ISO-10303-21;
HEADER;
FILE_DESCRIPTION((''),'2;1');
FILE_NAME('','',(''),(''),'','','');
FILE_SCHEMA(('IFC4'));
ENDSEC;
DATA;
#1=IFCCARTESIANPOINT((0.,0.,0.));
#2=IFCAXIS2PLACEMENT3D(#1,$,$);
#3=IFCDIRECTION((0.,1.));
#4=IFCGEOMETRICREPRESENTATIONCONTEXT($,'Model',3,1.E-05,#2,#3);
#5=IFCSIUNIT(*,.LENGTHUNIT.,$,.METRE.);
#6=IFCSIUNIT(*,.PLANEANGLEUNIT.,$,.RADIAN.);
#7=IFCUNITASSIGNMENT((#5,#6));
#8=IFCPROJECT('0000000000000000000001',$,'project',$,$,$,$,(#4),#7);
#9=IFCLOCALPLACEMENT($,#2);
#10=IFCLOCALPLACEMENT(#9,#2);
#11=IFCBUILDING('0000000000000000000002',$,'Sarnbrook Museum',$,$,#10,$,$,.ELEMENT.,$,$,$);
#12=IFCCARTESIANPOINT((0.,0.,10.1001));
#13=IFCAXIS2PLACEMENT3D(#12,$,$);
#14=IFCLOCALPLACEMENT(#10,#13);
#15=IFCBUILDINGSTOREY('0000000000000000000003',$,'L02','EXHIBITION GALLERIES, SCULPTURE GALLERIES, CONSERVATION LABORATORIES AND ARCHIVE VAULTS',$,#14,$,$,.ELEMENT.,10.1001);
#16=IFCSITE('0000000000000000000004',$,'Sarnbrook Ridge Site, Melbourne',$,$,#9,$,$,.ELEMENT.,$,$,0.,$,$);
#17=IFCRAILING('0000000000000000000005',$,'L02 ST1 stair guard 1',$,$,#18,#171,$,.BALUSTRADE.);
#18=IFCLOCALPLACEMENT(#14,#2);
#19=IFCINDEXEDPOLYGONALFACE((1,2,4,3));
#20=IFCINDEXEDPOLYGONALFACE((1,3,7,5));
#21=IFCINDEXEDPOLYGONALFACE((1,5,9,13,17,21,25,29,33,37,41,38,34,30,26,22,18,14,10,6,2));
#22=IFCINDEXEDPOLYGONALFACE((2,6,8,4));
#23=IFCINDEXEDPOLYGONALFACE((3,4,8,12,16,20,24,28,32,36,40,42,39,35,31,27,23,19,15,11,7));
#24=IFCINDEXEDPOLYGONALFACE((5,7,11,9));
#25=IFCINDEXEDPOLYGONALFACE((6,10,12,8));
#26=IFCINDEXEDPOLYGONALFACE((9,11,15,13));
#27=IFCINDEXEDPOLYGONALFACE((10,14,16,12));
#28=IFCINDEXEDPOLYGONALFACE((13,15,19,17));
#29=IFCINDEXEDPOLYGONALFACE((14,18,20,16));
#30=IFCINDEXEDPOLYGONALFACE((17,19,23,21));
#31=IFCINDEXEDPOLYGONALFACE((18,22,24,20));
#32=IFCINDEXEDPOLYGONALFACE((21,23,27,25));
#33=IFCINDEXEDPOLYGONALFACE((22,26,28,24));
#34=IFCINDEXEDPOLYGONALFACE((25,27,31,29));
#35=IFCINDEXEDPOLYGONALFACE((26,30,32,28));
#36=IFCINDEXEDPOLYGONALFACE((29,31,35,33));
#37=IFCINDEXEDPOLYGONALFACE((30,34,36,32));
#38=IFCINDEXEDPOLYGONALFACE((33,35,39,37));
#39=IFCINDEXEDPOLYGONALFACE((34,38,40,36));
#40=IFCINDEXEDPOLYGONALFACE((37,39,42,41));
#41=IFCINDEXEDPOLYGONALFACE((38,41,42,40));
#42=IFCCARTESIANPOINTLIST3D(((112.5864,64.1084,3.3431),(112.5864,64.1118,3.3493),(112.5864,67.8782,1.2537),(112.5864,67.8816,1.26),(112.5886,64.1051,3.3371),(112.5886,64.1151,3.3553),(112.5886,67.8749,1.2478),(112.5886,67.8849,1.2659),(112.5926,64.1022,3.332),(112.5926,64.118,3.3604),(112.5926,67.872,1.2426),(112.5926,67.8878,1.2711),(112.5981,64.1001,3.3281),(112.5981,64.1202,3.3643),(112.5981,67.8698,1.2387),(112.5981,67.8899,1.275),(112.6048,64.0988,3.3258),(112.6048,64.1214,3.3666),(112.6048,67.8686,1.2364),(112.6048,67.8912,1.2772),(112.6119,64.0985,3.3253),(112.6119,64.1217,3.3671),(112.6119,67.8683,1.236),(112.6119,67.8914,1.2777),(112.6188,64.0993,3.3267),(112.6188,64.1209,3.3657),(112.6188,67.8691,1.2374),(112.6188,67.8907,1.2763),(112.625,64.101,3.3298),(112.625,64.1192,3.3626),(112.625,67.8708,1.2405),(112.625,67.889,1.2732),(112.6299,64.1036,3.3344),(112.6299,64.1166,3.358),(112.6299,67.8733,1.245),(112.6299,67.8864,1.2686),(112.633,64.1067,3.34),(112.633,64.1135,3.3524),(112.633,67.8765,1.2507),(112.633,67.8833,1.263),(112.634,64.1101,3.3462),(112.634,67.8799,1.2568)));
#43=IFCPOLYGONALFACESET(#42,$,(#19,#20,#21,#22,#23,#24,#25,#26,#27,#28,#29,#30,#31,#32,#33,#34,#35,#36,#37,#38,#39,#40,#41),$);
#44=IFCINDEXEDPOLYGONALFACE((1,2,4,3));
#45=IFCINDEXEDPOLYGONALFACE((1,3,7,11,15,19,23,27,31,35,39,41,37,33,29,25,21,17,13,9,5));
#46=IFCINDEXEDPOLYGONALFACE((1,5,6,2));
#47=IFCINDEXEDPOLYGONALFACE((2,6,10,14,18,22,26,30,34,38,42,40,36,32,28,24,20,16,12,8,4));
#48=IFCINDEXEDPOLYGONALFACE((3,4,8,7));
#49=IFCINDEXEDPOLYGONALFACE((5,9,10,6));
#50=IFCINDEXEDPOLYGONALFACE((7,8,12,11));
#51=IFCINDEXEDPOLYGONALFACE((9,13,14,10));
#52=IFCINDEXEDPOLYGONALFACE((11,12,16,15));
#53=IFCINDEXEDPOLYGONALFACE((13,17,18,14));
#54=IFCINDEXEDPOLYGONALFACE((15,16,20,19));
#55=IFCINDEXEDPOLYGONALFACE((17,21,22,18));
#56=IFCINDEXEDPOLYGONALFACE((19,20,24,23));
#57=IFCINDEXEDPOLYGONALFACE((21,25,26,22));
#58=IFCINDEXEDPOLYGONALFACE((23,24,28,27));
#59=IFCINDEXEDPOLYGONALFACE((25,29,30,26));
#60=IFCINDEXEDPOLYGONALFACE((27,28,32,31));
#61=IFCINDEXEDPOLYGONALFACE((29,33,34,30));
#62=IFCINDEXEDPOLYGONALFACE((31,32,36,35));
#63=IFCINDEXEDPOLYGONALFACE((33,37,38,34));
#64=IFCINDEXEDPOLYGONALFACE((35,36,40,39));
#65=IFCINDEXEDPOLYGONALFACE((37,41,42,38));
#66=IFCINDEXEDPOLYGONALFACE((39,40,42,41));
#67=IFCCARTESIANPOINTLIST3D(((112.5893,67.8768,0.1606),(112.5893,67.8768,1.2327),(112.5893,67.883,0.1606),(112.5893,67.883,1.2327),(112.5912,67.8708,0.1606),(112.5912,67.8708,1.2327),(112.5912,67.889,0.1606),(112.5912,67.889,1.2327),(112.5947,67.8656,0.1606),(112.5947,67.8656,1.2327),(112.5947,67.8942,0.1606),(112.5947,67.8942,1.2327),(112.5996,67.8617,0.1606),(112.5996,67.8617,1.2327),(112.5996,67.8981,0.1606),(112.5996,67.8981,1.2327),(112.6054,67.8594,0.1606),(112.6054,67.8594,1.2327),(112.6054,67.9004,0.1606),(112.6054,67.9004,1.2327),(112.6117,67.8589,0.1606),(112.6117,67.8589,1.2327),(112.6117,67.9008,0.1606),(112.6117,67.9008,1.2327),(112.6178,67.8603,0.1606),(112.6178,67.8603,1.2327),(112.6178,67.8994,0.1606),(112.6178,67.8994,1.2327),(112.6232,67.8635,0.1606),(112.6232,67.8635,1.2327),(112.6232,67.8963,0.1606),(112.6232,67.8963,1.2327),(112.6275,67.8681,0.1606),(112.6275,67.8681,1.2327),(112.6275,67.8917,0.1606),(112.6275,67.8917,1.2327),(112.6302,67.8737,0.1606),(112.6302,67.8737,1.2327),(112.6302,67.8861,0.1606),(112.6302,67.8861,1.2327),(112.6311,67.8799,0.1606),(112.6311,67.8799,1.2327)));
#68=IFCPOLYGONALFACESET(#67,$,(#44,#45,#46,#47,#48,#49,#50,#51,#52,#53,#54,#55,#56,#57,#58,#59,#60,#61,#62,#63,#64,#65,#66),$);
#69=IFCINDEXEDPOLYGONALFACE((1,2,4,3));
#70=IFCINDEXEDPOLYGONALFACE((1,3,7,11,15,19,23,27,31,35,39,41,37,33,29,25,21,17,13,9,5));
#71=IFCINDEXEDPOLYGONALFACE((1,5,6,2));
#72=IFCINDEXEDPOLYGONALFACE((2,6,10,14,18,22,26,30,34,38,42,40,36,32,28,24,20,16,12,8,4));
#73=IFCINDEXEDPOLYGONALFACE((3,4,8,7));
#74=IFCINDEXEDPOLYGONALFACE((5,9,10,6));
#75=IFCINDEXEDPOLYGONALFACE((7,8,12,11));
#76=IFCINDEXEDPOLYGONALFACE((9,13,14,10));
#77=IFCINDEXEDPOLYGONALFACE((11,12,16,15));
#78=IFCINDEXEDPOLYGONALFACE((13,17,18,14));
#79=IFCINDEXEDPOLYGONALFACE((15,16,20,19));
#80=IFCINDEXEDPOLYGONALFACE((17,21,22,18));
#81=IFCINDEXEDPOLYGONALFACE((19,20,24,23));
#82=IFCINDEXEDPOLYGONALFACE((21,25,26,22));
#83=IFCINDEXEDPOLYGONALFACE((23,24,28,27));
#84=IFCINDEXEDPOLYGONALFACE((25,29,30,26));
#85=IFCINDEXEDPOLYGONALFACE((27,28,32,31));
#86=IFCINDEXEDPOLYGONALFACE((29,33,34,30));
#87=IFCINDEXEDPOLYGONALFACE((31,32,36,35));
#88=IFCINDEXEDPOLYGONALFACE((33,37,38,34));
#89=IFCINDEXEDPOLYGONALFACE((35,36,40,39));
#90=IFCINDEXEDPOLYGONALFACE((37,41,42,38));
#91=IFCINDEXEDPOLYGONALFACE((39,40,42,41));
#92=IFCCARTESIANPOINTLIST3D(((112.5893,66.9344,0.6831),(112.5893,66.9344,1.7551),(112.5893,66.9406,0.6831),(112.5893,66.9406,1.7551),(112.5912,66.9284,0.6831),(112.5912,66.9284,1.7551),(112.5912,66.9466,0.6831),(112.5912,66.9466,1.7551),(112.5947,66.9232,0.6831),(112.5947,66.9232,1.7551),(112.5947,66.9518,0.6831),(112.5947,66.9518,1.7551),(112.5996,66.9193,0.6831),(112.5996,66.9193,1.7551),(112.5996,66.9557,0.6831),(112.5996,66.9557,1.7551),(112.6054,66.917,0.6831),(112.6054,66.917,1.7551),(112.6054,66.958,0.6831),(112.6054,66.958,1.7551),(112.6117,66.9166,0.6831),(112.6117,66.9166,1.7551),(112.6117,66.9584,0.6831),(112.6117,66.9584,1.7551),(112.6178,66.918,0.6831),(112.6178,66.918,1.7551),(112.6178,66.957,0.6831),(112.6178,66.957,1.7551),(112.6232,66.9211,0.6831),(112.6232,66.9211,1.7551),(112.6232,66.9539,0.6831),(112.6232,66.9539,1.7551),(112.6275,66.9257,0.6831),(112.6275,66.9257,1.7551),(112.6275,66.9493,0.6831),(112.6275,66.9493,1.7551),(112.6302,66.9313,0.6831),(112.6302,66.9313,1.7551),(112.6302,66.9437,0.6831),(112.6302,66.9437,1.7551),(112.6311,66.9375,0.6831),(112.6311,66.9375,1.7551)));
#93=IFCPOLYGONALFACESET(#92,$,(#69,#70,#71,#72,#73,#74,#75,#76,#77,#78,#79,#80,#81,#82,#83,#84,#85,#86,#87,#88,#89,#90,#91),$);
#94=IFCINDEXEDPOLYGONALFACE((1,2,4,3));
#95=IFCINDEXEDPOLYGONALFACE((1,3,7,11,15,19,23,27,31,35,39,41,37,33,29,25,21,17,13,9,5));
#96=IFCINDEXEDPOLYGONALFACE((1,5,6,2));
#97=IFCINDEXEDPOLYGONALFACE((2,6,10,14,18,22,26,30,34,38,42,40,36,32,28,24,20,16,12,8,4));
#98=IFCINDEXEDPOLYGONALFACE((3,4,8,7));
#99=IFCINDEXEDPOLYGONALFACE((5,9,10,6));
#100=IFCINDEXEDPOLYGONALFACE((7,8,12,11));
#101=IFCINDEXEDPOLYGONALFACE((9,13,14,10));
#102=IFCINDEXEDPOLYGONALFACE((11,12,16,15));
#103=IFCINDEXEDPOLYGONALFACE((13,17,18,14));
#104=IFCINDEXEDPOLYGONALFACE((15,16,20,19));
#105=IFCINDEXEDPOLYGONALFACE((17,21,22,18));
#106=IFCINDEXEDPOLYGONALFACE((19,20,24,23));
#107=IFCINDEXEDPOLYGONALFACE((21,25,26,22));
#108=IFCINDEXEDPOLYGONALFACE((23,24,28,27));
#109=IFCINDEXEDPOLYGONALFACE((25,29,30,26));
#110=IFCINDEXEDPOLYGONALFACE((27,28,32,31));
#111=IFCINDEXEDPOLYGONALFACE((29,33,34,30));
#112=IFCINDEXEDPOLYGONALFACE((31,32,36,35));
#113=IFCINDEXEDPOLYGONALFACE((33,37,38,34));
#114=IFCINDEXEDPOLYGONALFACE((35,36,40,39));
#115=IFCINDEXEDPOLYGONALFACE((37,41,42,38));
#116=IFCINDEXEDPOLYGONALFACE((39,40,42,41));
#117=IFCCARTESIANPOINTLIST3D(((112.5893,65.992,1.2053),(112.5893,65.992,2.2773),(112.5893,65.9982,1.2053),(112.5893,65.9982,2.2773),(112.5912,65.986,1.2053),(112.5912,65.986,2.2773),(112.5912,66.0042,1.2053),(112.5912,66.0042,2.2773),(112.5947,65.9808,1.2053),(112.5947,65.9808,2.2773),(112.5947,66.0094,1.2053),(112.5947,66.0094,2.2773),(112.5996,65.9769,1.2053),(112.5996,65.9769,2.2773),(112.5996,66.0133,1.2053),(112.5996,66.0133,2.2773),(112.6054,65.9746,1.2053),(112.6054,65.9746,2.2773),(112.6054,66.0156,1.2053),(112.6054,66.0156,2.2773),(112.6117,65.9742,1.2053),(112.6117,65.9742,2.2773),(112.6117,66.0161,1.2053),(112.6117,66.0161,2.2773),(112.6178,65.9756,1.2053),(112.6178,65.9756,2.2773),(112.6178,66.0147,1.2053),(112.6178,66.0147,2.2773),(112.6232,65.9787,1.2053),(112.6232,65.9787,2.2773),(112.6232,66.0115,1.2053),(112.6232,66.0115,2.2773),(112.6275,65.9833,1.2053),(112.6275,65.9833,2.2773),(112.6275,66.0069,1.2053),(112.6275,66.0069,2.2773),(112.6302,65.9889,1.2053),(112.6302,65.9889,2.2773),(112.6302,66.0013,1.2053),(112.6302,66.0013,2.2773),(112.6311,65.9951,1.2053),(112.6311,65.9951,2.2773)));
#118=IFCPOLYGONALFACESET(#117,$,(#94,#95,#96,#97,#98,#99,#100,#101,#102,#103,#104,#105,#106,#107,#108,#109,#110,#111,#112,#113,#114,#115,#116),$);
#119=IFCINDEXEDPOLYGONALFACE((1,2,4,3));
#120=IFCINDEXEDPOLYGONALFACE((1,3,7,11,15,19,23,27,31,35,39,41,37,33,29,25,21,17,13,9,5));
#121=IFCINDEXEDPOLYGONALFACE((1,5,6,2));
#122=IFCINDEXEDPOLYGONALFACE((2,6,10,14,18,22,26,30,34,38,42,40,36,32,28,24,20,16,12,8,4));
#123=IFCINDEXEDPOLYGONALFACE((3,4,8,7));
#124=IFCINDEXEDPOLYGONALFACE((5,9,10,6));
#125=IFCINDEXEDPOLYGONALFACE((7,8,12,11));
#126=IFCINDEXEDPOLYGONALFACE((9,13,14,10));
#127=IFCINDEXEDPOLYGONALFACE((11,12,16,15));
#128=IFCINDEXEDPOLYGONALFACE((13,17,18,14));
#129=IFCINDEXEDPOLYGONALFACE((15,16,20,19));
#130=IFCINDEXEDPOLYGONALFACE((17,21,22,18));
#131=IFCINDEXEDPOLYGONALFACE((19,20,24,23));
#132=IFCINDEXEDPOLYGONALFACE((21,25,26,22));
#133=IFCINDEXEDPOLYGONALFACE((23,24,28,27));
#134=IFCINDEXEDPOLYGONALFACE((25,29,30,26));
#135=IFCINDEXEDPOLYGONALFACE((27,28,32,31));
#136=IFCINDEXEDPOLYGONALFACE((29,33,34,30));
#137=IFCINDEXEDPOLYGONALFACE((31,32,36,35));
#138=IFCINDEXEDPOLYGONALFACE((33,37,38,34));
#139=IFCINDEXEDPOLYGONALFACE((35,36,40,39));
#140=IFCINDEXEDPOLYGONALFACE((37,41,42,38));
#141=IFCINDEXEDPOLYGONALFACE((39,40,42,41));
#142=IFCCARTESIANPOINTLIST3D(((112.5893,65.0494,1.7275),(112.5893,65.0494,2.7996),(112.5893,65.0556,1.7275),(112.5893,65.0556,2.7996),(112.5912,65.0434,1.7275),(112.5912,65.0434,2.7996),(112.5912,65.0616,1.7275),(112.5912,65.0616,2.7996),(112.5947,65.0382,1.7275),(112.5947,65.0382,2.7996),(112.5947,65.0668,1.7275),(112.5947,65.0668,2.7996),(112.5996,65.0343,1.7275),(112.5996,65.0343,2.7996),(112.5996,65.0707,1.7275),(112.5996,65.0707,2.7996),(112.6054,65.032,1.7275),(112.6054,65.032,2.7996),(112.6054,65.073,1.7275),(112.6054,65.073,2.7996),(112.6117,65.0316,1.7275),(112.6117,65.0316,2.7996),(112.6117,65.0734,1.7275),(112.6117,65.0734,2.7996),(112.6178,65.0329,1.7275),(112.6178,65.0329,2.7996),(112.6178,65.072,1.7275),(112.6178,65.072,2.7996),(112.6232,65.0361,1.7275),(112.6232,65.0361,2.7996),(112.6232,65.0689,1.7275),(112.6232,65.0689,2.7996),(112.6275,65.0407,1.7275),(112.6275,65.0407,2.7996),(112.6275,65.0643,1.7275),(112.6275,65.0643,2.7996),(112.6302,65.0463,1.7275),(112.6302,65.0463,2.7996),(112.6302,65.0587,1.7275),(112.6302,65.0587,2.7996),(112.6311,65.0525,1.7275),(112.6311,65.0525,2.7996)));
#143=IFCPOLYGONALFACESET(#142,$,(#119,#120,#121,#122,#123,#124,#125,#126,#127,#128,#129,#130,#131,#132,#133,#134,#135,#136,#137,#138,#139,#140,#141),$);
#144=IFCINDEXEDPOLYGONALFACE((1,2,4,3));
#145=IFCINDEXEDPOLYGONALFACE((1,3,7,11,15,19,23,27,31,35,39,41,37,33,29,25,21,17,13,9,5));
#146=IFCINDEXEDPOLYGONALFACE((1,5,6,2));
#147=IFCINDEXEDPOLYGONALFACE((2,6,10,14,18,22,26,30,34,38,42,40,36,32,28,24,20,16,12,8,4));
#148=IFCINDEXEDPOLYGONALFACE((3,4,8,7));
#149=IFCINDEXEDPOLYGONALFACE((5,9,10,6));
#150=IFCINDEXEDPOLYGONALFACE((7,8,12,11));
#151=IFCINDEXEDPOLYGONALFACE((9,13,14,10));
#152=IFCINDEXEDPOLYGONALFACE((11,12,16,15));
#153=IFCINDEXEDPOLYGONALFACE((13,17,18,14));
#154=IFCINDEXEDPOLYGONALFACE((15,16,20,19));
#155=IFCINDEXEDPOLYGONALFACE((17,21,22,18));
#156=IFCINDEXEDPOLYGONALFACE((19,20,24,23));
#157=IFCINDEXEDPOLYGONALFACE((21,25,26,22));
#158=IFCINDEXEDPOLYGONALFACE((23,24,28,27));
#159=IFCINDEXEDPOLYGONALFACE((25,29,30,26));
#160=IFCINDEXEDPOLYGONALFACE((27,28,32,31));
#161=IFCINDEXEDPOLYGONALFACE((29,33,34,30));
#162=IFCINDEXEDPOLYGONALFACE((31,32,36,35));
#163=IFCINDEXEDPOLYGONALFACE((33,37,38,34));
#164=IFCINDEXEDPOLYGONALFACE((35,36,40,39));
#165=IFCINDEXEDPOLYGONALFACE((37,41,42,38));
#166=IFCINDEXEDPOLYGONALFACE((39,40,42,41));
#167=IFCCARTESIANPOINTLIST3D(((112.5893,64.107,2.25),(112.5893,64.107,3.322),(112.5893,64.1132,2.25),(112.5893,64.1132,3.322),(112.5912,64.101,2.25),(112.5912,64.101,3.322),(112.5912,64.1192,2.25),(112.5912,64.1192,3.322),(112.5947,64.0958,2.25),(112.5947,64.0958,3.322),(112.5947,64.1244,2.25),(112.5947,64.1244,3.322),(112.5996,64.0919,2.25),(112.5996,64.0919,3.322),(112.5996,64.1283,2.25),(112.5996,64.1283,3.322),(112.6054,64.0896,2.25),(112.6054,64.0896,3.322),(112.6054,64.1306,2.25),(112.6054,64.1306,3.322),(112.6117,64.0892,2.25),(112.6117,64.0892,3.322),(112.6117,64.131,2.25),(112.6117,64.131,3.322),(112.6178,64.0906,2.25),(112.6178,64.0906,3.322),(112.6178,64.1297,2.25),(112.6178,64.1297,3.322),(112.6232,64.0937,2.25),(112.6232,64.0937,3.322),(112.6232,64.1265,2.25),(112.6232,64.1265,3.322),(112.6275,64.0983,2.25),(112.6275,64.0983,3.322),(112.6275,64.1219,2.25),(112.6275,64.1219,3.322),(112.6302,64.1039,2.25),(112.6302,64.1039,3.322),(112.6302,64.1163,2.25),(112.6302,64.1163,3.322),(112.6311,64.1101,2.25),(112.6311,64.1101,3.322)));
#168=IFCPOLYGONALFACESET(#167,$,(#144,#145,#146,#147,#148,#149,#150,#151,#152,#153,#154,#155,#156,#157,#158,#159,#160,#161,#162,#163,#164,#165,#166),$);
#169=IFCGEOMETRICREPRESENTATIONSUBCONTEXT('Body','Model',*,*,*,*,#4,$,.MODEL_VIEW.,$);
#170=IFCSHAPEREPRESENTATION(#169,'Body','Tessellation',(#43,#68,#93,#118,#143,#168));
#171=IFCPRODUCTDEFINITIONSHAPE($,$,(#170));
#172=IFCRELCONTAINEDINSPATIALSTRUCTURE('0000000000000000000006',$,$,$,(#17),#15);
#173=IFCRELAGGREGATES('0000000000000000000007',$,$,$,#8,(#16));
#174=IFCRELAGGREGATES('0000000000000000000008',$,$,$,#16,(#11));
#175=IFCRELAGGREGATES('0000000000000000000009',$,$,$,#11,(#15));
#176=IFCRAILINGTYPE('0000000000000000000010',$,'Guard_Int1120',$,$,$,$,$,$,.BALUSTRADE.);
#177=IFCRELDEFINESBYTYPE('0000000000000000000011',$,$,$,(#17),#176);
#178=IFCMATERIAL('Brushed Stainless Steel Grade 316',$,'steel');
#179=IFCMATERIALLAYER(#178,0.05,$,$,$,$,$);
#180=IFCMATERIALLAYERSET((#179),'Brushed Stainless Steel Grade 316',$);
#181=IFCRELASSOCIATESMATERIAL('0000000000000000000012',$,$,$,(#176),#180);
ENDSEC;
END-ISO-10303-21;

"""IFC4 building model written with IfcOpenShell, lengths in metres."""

from ifc_helpers import new_model, si_unit, direction, frame, origin, origin_2d, place, context, subcontext, project, spatial, circle, extrude, material, layer, layer_set, type_object, element, save


model = new_model("IFC4")

# Units and contexts
model_context = context("Model", 3, precision=1e-05, world=origin(), true_north=direction((0.0, 1.0)))
body_context = subcontext(model_context, "Body", "Model", "MODEL_VIEW")
ifc_project = project(units=[si_unit("LENGTHUNIT", "METRE"), si_unit("PLANEANGLEUNIT", "RADIAN")], contexts=[model_context])

# Site, building, storey
site_placement = place(None, origin())
site = spatial("IfcSite", under=ifc_project, at=site_placement, Name="Sarnbrook Ridge Site, Melbourne", CompositionType="ELEMENT", RefElevation=0.0)
building_placement = place(site_placement, origin())
building = spatial("IfcBuilding", under=site, at=building_placement, Name="Sarnbrook Museum", CompositionType="ELEMENT")
storey_placement = place(building_placement, frame((0.0, 0.0, 10.1001)))
storey = spatial("IfcBuildingStorey", under=building, at=storey_placement, Name="L02", Description="EXHIBITION GALLERIES, SCULPTURE GALLERIES, CONSERVATION LABORATORIES AND ARCHIVE VAULTS", CompositionType="ELEMENT", Elevation=10.1001)

# Shared definitions
ifc_material_1 = material(Name="Brushed Stainless Steel Grade 316", Category="steel")

# Railing
ifc_layer_1 = layer(ifc_material_1, 0.05)
ifc_layer_set_1 = layer_set([ifc_layer_1], Name="Brushed Stainless Steel Grade 316")
railing_type_1 = type_object("IfcRailingType", Name="Guard_Int1120", PredefinedType="BALUSTRADE", material=ifc_layer_set_1)
railing_1_placement = place(storey_placement, frame((112.6101, 67.8799, 0.1606)))
element("IfcRailing", 1, at=railing_1_placement, inside=storey, type_object=railing_type_1, Name="L02 ST1 stair guard 1", PredefinedType="BALUSTRADE", context=body_context, shape_type="SweptSolid", body=[
    extrude(circle(Radius=0.0239, at=origin_2d()), frame((0.0, 0.0, 1.0962), z_axis=(0.0, -0.874646, 0.484763), x_axis=(1.0, 0.0, 0.0)), (0.0, 0.0, 1.0), 4.3101),
    extrude(circle(Radius=0.021, at=origin_2d()), origin(), (0.0, 0.0, 1.0), 1.072),
    extrude(circle(Radius=0.021, at=origin_2d()), frame((0.0, -0.9424, 0.5225)), (0.0, 0.0, 1.0), 1.072),
    extrude(circle(Radius=0.021, at=origin_2d()), frame((0.0, -1.8848, 1.0447)), (0.0, 0.0, 1.0), 1.072),
    extrude(circle(Radius=0.021, at=origin_2d()), frame((0.0, -2.8274, 1.5669)), (0.0, 0.0, 1.0), 1.072),
    extrude(circle(Radius=0.021, at=origin_2d()), frame((0.0, -3.7698, 2.0894)), (0.0, 0.0, 1.0), 1.072),
])

save(model, "model.ifc")
